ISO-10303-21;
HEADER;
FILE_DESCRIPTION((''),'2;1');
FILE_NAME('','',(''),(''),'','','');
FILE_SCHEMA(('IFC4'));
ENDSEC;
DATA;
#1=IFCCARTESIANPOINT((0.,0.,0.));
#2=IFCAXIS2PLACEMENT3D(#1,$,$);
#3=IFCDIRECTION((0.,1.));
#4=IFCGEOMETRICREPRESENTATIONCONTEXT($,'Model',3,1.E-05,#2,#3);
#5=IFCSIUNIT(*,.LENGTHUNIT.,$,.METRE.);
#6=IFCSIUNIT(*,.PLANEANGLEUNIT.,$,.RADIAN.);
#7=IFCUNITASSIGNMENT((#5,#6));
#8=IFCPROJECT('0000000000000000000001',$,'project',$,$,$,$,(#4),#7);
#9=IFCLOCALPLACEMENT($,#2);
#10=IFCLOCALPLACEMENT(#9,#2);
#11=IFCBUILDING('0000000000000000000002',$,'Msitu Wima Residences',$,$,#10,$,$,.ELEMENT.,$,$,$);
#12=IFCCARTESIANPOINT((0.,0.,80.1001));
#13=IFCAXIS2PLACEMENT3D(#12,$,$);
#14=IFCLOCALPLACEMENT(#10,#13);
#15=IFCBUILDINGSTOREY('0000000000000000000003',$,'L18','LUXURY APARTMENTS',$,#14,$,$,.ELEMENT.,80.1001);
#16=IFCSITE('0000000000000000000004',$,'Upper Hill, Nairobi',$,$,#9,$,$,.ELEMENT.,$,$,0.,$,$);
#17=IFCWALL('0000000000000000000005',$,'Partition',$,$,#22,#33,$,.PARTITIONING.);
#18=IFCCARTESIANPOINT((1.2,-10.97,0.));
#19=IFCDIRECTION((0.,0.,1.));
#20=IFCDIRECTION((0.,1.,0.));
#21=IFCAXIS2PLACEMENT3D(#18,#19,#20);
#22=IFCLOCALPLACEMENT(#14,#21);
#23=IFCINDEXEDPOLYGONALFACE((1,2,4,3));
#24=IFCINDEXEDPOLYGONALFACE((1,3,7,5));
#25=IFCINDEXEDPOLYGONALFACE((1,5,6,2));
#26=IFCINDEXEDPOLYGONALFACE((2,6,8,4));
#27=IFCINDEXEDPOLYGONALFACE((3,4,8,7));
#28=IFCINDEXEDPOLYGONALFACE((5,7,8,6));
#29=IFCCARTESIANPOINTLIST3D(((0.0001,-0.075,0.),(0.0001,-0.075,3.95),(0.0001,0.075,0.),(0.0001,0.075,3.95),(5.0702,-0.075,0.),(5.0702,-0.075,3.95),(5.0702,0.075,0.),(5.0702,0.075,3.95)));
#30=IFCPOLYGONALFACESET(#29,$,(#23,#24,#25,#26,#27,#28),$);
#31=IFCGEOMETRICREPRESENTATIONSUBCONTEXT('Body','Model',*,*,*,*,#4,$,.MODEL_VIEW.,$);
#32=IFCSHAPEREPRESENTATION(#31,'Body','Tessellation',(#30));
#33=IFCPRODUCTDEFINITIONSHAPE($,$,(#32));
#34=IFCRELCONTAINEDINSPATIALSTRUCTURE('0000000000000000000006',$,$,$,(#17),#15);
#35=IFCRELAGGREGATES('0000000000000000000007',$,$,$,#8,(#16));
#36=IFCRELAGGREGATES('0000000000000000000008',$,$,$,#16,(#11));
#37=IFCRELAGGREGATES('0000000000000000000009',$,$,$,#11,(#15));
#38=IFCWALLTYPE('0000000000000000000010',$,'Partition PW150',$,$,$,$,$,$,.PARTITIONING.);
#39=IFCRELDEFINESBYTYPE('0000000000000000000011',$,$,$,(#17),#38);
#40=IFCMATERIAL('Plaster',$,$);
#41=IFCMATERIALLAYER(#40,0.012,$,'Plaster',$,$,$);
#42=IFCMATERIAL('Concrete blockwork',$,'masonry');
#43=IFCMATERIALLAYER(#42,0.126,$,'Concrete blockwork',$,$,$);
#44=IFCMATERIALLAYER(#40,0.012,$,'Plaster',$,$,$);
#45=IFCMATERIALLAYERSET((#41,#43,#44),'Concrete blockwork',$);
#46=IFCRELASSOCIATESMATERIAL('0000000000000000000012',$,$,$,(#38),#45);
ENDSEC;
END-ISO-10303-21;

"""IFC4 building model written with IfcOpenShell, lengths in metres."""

from ifc_helpers import new_model, si_unit, direction, frame, frame_2d, origin, place, context, subcontext, project, spatial, rectangle, extrude, material, layer, layer_set, type_object, element, save


model = new_model("IFC4")

# Units and contexts
model_context = context("Model", 3, precision=1e-05, world=origin(), true_north=direction((0.0, 1.0)))
body_context = subcontext(model_context, "Body", "Model", "MODEL_VIEW")
ifc_project = project(units=[si_unit("LENGTHUNIT", "METRE"), si_unit("PLANEANGLEUNIT", "RADIAN")], contexts=[model_context])

# Site, building, storey
site_placement = place(None, origin())
site = spatial("IfcSite", under=ifc_project, at=site_placement, Name="Upper Hill, Nairobi", CompositionType="ELEMENT", RefElevation=0.0)
building_placement = place(site_placement, origin())
building = spatial("IfcBuilding", under=site, at=building_placement, Name="Msitu Wima Residences", CompositionType="ELEMENT")
storey_placement = place(building_placement, frame((0.0, 0.0, 80.1001)))
storey = spatial("IfcBuildingStorey", under=building, at=storey_placement, Name="L18", Description="LUXURY APARTMENTS", CompositionType="ELEMENT", Elevation=80.1001)

# Wall
ifc_material_1 = material(Name="Plaster")
ifc_layer_1 = layer(ifc_material_1, 0.012, Name="Plaster")
ifc_material_2 = material(Name="Concrete blockwork", Category="masonry")
ifc_layer_2 = layer(ifc_material_2, 0.126, Name="Concrete blockwork")
ifc_layer_3 = layer(ifc_material_1, 0.012, Name="Plaster")
ifc_layer_set_1 = layer_set([ifc_layer_1, ifc_layer_2, ifc_layer_3], Name="Concrete blockwork")
wall_type_1 = type_object("IfcWallType", Name="Partition PW150", PredefinedType="PARTITIONING", material=ifc_layer_set_1)
wall_1_placement = place(storey_placement, frame((1.2, -10.97, 0.0), z_axis=(0.0, 0.0, 1.0), x_axis=(0.0, 1.0, 0.0)))
element("IfcWall", 1, at=wall_1_placement, inside=storey, type_object=wall_type_1, Name="Partition", PredefinedType="PARTITIONING", context=body_context, shape_type="SweptSolid", body=[
    extrude(rectangle(XDim=5.0701, YDim=0.1499, at=frame_2d((2.5352, 0.0))), origin(), (0.0, 0.0, 1.0), 3.95),
])

save(model, "model.ifc")
